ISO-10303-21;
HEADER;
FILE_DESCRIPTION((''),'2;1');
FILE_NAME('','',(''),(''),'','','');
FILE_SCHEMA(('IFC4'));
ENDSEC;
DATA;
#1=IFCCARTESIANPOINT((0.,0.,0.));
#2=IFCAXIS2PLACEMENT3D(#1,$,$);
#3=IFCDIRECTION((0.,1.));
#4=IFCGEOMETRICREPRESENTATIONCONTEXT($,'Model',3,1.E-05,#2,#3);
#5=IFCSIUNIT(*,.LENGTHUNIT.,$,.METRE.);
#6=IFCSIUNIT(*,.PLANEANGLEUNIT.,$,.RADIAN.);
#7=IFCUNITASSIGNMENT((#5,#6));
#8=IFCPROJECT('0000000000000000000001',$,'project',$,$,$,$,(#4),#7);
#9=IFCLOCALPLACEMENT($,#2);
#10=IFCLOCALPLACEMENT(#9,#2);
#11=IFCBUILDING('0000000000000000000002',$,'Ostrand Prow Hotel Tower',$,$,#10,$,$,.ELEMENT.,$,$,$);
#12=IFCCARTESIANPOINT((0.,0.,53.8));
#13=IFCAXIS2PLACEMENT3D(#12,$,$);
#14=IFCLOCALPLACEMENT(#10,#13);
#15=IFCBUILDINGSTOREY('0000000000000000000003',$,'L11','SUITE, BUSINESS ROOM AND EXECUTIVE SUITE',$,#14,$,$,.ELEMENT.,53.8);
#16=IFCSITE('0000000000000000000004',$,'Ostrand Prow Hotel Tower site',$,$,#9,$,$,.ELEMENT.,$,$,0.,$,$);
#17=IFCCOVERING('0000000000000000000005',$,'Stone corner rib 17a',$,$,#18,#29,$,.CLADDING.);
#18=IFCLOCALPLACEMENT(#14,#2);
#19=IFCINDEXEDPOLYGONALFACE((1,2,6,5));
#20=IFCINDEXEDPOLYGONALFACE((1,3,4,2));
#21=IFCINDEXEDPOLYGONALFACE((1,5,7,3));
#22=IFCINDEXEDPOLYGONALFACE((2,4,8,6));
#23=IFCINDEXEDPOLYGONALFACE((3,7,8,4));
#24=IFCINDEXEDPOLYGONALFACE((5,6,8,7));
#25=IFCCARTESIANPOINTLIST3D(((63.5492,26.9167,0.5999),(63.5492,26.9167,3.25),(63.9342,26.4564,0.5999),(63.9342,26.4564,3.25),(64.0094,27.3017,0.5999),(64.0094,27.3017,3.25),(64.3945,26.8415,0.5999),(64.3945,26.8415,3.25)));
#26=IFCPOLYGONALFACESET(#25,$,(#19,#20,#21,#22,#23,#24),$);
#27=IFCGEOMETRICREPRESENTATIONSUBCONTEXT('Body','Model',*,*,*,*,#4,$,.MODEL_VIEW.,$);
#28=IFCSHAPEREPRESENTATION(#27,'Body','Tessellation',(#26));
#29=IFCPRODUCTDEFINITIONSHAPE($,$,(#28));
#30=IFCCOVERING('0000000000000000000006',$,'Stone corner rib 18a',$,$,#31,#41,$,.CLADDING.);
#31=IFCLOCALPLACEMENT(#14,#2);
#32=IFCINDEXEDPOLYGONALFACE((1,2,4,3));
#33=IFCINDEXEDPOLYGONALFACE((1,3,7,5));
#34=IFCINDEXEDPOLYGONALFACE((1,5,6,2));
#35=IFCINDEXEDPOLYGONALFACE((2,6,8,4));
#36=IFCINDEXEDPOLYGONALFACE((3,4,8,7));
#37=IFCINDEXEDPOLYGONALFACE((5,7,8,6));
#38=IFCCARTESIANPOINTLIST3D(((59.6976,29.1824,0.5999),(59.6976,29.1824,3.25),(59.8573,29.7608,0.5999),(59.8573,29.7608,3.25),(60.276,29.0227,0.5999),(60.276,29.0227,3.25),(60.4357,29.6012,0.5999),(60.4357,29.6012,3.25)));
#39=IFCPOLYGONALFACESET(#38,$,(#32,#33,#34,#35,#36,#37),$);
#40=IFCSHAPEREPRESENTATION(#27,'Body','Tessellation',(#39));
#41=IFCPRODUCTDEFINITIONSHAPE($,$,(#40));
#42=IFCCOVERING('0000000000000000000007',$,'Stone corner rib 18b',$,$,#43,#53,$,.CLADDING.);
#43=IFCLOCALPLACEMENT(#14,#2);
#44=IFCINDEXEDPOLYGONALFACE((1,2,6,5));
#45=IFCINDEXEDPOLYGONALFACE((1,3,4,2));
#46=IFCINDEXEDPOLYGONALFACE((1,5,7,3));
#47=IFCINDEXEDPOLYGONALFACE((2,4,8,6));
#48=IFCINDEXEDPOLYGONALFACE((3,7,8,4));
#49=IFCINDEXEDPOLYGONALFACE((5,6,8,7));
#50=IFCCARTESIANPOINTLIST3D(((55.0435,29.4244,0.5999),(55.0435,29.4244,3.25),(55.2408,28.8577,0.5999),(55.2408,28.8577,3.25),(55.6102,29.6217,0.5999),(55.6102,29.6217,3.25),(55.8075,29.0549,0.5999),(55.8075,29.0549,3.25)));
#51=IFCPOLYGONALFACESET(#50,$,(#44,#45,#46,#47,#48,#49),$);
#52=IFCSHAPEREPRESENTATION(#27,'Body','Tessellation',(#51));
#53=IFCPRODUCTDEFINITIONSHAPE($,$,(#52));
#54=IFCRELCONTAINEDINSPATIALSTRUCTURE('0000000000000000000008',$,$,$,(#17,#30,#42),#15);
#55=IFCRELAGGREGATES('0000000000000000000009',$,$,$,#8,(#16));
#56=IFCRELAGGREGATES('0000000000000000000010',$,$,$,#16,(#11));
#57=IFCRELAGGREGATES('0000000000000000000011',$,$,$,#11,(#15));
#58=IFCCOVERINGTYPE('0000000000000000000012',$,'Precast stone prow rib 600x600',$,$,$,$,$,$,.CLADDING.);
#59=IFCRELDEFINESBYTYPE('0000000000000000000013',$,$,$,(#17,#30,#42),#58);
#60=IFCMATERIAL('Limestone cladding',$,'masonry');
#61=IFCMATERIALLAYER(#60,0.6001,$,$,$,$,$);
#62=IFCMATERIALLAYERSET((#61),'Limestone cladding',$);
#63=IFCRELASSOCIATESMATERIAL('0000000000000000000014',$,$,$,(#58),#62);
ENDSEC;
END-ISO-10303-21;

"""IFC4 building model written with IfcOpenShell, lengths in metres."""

from ifc_helpers import new_model, si_unit, direction, frame, frame_2d, origin, place, context, subcontext, project, spatial, rectangle, extrude, material, layer, layer_set, type_object, element, save


model = new_model("IFC4")

# Units and contexts
model_context = context("Model", 3, precision=1e-05, world=origin(), true_north=direction((0.0, 1.0)))
body_context = subcontext(model_context, "Body", "Model", "MODEL_VIEW")
ifc_project = project(units=[si_unit("LENGTHUNIT", "METRE"), si_unit("PLANEANGLEUNIT", "RADIAN")], contexts=[model_context])

# Site, building, storey
site_placement = place(None, origin())
site = spatial("IfcSite", under=ifc_project, at=site_placement, Name="Ostrand Prow Hotel Tower site", CompositionType="ELEMENT", RefElevation=0.0)
building_placement = place(site_placement, origin())
building = spatial("IfcBuilding", under=site, at=building_placement, Name="Ostrand Prow Hotel Tower", CompositionType="ELEMENT")
storey_placement = place(building_placement, frame((0.0, 0.0, 53.8)))
storey = spatial("IfcBuildingStorey", under=building, at=storey_placement, Name="L11", Description="SUITE, BUSINESS ROOM AND EXECUTIVE SUITE", CompositionType="ELEMENT", Elevation=53.8)

# Coverings
ifc_material_1 = material(Name="Limestone cladding", Category="masonry")
ifc_layer_1 = layer(ifc_material_1, 0.6001)
ifc_layer_set_1 = layer_set([ifc_layer_1], Name="Limestone cladding")
covering_type = type_object("IfcCoveringType", Name="Precast stone prow rib 600x600", PredefinedType="CLADDING", material=ifc_layer_set_1)
for number, where, z_axis, x_axis, name in (
    (1, (63.7417, 26.6865, 0.5999), (0.0, 0.0, 1.0), (0.766986, 0.641664, 0.0), "Stone corner rib 17a"),
    (2, (59.9868, 29.1025, 0.5999), (0.0, 0.0, 1.0), (0.266112, 0.963942, 0.0), "Stone corner rib 18a"),
    (3, (55.5242, 28.9563, 0.5999), (0.0, 0.0, 1.0), (-0.328773, 0.944409, 0.0), "Stone corner rib 18b"),
):
    element("IfcCovering", number, at=place(storey_placement, frame(where, z_axis=z_axis, x_axis=x_axis)), inside=storey, type_object=covering_type, Name=name, PredefinedType="CLADDING", context=body_context, shape_type="SweptSolid", body=[
        extrude(rectangle(XDim=0.6001, YDim=0.6001, at=frame_2d((0.3, 0.0))), origin(), (0.0, 0.0, 1.0), 2.6501),
    ])

save(model, "model.ifc")
